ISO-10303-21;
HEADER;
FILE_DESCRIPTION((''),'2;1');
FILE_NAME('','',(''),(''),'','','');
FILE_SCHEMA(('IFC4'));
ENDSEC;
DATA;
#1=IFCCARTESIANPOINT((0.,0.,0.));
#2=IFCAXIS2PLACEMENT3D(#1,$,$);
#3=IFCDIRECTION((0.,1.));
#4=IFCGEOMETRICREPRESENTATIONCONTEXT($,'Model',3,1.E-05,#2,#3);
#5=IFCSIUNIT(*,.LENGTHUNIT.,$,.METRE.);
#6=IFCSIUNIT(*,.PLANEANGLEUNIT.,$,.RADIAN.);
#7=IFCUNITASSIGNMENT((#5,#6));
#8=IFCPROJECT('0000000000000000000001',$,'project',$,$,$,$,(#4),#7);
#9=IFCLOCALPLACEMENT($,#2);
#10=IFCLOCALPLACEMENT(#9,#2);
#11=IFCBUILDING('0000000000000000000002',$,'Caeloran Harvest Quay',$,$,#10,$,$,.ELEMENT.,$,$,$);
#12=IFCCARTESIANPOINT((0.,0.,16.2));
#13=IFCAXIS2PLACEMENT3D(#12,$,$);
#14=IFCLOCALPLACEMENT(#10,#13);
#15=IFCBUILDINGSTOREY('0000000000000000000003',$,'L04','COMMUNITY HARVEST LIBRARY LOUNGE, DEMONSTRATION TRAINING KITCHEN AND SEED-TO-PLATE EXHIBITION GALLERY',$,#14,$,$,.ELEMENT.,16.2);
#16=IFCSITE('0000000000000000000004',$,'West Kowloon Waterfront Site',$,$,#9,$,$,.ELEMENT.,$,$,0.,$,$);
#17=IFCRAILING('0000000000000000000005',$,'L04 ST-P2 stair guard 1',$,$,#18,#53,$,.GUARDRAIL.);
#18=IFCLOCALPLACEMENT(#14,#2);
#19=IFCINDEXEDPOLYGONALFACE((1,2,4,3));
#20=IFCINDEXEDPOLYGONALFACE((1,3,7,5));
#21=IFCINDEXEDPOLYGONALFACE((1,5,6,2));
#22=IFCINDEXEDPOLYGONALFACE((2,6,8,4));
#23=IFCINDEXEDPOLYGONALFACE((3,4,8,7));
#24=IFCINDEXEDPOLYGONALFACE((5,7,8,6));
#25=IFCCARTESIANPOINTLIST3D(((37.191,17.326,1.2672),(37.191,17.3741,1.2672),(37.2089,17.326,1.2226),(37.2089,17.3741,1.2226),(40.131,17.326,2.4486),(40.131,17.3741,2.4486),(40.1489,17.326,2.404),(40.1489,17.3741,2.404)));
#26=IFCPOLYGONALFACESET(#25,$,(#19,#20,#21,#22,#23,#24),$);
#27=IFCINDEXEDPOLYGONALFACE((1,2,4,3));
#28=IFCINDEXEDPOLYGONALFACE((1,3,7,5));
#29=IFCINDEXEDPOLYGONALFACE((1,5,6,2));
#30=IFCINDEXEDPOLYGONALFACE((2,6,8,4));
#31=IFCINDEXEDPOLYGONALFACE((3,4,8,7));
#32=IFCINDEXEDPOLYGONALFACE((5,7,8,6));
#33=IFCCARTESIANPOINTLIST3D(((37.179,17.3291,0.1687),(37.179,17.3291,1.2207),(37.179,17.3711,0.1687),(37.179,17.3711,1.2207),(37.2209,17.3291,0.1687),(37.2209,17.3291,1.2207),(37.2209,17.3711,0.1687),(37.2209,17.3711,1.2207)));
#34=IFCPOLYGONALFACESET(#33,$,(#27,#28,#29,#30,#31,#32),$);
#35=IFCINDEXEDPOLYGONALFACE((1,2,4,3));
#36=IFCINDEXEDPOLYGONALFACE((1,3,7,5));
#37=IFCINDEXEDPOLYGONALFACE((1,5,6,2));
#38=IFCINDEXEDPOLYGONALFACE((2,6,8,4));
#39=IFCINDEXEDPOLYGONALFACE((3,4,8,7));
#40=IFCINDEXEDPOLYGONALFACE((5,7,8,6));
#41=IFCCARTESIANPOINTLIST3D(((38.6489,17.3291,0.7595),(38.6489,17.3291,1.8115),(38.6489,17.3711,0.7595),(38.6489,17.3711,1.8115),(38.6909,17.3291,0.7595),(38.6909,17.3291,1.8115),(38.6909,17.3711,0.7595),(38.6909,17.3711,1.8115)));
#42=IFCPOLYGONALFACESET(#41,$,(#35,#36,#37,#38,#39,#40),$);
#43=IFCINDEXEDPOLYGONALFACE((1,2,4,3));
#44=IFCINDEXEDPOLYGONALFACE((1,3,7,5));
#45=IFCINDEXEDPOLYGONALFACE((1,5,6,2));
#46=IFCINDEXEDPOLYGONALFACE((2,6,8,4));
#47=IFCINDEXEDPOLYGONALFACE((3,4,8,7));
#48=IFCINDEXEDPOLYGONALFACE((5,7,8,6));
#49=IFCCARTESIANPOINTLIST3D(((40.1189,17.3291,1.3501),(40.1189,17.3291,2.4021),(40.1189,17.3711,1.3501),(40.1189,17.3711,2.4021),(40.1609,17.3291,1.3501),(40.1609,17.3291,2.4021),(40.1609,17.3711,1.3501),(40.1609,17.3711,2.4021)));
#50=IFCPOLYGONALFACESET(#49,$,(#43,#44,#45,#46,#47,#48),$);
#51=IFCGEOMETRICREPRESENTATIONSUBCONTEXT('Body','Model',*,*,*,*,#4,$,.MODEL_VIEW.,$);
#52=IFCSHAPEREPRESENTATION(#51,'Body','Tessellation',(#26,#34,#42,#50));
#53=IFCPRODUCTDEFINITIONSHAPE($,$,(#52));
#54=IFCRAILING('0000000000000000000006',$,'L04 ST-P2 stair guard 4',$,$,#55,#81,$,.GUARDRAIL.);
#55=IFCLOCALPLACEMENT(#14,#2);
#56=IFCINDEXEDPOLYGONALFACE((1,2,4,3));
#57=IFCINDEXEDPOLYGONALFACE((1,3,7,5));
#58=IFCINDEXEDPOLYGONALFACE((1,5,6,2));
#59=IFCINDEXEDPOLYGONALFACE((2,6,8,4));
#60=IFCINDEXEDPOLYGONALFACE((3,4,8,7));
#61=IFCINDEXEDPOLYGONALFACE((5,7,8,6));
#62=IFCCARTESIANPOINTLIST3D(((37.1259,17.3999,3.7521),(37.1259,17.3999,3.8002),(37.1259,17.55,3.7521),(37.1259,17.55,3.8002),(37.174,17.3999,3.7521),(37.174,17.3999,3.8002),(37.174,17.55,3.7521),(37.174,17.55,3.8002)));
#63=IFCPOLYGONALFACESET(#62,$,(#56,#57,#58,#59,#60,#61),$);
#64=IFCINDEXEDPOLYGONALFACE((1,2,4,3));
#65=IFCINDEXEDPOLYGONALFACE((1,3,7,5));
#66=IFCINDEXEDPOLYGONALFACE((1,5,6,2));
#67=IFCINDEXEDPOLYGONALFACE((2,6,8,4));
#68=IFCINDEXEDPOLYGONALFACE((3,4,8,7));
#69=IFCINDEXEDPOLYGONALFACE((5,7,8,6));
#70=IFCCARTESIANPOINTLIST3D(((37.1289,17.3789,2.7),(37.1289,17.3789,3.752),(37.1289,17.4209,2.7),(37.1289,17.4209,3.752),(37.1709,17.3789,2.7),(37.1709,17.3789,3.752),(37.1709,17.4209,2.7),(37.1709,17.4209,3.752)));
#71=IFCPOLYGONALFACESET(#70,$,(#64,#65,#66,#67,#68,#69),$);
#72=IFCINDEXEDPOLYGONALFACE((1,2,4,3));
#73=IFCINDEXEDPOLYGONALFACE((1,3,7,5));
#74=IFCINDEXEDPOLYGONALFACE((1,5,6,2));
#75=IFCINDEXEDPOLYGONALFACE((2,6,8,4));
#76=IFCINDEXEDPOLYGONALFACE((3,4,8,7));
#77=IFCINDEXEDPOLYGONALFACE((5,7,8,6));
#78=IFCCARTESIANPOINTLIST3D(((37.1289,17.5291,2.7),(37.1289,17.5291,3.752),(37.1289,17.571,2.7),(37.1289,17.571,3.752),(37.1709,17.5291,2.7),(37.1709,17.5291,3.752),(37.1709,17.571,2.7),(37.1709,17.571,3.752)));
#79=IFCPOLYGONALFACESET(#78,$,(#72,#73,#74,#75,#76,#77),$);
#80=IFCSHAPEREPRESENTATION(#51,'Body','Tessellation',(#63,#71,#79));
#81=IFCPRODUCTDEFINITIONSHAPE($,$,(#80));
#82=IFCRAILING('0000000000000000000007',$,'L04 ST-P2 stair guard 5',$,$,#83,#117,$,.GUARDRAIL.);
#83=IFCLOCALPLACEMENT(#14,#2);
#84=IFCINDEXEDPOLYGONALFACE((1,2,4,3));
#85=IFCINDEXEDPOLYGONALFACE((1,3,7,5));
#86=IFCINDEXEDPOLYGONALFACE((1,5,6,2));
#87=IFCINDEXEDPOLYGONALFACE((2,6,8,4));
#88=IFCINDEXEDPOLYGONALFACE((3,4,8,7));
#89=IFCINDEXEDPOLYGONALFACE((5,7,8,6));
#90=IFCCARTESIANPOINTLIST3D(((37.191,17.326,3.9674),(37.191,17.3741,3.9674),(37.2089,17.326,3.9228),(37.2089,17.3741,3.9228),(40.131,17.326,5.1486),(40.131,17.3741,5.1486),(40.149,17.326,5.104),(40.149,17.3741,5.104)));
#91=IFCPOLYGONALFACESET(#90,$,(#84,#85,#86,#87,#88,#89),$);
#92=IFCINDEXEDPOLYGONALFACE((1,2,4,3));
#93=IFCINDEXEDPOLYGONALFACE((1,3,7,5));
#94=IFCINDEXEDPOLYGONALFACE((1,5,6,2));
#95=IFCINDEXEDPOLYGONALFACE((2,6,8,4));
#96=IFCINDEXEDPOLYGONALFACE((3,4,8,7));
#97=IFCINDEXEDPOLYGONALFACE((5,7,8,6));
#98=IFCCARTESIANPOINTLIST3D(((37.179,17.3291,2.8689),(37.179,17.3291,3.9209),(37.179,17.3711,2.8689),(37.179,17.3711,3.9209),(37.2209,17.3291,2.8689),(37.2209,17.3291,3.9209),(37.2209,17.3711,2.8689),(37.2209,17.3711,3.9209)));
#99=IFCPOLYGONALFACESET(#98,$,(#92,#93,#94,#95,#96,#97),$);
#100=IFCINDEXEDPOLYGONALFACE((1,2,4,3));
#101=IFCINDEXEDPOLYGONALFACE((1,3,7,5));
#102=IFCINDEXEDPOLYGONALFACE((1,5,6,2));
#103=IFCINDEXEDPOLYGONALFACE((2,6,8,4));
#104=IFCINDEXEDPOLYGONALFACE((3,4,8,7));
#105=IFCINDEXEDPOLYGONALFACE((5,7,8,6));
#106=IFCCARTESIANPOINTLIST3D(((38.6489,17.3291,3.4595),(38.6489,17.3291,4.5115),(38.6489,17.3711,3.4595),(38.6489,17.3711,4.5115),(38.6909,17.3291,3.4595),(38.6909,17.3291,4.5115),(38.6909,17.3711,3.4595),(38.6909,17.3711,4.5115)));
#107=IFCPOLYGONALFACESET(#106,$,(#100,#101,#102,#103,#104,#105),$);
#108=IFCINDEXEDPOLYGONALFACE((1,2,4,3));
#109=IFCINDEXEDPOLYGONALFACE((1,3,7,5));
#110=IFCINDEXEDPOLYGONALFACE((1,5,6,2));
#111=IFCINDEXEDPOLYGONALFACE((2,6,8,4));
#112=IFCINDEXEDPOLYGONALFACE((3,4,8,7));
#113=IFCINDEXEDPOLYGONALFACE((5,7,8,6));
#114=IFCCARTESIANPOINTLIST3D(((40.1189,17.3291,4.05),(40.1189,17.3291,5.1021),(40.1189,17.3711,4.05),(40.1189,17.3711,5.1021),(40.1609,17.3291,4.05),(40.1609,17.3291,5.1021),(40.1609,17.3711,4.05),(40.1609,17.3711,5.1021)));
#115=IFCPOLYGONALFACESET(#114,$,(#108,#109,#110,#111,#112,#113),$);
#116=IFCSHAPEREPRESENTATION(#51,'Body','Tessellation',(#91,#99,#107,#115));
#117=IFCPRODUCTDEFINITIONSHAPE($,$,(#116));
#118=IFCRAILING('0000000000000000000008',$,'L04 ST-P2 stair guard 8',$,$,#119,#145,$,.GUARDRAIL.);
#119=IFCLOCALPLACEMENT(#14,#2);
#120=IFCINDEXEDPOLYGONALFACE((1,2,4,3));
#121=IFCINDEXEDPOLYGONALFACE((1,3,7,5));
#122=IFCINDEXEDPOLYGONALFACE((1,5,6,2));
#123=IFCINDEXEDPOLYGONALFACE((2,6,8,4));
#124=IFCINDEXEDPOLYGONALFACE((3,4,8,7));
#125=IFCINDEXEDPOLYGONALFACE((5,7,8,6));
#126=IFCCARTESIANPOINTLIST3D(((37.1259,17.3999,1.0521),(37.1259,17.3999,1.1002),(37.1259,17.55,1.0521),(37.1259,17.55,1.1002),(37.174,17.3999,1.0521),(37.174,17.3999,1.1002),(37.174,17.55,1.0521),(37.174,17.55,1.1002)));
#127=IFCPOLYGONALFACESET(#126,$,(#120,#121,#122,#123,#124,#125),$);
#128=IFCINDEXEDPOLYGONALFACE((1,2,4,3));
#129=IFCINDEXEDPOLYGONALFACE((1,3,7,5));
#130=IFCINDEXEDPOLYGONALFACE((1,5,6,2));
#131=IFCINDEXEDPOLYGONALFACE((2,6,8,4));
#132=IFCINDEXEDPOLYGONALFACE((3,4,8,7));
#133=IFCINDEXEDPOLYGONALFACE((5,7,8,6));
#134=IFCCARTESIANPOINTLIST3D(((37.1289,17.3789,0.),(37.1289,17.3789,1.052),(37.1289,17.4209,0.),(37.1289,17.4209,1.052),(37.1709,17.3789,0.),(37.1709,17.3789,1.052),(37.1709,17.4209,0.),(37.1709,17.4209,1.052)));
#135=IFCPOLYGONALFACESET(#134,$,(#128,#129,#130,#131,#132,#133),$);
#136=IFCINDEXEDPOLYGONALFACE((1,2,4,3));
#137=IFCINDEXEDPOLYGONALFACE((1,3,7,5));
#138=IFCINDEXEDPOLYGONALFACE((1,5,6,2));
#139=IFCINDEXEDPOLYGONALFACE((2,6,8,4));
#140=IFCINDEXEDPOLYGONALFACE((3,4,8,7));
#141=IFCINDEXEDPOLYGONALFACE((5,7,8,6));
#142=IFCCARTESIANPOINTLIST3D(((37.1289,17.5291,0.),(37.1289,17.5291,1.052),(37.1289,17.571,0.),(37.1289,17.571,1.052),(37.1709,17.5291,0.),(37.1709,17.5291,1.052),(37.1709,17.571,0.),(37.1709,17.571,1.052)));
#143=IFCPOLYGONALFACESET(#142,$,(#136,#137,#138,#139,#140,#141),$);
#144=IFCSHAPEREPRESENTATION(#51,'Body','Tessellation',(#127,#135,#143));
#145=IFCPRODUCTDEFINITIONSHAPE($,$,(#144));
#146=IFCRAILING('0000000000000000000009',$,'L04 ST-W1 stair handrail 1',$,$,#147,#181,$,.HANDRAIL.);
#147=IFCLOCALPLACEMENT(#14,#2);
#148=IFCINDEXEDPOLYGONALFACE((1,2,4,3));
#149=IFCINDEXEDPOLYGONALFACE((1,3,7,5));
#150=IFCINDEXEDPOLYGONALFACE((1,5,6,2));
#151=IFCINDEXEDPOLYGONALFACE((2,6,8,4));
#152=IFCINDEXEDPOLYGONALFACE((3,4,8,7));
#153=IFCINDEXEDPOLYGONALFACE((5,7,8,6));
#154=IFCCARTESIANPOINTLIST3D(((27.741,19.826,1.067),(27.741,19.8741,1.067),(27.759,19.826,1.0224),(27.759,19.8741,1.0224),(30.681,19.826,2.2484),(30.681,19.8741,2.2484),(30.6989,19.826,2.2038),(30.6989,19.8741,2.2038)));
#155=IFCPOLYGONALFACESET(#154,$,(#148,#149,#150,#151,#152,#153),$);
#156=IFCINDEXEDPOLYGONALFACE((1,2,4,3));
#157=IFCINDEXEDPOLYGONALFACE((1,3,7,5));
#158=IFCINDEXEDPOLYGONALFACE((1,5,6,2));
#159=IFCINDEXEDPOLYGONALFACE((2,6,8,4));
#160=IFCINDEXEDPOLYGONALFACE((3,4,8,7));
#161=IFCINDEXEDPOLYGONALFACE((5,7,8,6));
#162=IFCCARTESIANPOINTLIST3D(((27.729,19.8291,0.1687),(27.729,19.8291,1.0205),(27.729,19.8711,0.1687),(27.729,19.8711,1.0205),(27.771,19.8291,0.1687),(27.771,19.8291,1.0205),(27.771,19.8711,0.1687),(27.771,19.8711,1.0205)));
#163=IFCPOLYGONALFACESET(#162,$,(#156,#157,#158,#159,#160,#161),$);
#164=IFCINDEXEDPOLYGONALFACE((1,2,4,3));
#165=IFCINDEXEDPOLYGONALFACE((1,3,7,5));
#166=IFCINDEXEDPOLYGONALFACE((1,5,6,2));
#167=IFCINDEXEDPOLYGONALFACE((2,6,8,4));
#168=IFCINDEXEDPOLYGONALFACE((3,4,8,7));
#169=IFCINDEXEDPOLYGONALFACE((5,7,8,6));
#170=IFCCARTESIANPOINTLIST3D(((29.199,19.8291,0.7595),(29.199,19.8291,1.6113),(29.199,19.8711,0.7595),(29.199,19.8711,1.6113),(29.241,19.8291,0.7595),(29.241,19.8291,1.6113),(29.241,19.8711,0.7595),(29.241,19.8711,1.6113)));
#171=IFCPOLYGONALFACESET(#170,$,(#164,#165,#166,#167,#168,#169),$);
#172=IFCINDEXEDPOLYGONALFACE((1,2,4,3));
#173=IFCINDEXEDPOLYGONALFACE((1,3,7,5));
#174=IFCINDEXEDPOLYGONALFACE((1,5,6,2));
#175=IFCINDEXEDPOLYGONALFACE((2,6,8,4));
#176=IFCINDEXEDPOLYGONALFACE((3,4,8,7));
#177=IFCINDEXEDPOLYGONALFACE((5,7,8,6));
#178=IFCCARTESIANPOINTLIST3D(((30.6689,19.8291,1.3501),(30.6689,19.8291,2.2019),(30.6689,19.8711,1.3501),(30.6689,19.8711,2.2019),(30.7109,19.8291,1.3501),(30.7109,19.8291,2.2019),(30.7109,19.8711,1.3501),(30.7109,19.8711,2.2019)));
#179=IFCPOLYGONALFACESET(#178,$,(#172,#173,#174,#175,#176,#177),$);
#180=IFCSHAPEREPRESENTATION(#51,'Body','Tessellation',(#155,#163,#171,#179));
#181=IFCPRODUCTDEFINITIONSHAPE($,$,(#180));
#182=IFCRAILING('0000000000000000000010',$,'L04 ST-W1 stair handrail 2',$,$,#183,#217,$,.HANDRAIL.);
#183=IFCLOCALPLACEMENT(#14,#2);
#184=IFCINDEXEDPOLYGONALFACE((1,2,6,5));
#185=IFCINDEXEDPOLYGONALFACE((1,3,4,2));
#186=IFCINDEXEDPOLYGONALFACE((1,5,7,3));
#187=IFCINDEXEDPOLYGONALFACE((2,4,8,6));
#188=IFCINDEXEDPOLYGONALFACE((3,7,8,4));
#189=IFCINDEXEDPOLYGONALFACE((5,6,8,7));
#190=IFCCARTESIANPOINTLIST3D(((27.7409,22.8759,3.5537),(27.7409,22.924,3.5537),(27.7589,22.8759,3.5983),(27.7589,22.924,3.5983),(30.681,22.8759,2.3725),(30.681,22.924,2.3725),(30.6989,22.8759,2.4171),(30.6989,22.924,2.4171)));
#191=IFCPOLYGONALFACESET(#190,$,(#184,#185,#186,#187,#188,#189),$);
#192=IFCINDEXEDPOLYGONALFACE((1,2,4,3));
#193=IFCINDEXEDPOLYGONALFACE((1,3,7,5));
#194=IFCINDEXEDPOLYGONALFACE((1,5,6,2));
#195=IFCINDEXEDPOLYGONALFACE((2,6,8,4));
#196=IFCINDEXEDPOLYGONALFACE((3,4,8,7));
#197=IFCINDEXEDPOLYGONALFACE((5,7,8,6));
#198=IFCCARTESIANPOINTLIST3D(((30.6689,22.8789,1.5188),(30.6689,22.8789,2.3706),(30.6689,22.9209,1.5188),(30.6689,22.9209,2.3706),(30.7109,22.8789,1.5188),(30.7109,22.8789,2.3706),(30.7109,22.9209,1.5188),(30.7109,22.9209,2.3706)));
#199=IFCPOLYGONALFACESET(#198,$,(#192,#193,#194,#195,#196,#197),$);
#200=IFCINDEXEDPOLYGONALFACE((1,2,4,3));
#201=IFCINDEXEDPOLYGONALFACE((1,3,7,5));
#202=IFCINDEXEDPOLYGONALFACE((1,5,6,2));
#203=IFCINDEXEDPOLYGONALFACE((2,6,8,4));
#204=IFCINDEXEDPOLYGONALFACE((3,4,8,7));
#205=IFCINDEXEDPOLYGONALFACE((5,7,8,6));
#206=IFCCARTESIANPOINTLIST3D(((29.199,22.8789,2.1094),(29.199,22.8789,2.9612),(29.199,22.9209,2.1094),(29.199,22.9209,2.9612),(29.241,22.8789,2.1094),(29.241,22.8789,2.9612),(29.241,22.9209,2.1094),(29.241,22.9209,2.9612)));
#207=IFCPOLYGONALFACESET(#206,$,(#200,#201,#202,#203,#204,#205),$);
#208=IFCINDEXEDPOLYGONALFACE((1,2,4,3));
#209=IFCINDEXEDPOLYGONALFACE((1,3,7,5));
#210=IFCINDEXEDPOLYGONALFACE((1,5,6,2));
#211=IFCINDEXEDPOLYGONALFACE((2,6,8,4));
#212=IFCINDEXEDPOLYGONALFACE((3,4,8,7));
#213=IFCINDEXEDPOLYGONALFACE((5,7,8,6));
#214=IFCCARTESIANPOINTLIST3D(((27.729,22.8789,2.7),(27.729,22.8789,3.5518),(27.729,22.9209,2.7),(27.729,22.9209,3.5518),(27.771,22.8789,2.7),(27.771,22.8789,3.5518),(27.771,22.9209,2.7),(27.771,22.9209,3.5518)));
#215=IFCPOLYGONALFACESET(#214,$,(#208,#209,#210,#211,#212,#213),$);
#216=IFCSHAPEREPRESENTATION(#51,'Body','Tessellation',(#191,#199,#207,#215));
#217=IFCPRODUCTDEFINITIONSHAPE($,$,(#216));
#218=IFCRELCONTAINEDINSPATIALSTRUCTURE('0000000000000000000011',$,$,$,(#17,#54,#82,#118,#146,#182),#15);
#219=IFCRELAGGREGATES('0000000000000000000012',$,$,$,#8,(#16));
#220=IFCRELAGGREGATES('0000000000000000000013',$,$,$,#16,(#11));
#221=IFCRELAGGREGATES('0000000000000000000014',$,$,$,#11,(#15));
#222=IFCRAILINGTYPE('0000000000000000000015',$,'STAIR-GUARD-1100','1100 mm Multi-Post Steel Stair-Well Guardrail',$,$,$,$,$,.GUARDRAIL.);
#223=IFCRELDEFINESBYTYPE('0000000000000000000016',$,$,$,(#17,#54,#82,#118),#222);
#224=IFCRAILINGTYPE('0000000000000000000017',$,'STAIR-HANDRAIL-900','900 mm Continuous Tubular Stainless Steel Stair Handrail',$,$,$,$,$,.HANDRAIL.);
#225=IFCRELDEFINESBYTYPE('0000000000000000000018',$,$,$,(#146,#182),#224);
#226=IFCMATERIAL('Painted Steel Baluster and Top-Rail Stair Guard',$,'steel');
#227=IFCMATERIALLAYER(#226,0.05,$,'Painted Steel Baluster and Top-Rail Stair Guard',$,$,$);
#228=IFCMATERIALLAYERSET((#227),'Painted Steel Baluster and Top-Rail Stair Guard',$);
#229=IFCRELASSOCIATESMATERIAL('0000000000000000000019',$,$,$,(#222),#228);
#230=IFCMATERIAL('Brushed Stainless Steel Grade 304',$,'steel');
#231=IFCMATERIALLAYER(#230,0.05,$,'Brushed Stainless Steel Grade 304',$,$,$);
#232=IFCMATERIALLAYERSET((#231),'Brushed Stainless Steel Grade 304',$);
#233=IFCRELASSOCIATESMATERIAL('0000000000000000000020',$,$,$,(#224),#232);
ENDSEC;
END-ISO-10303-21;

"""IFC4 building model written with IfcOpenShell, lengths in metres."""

from ifc_helpers import new_model, si_unit, direction, frame, origin, origin_2d, place, context, subcontext, project, spatial, rectangle, extrude, material, layer, layer_set, type_object, element, save


model = new_model("IFC4")

# Units and contexts
model_context = context("Model", 3, precision=1e-05, world=origin(), true_north=direction((0.0, 1.0)))
body_context = subcontext(model_context, "Body", "Model", "MODEL_VIEW")
ifc_project = project(units=[si_unit("LENGTHUNIT", "METRE"), si_unit("PLANEANGLEUNIT", "RADIAN")], contexts=[model_context])

# Site, building, storey
site_placement = place(None, origin())
site = spatial("IfcSite", under=ifc_project, at=site_placement, Name="West Kowloon Waterfront Site", CompositionType="ELEMENT", RefElevation=0.0)
building_placement = place(site_placement, origin())
building = spatial("IfcBuilding", under=site, at=building_placement, Name="Caeloran Harvest Quay", CompositionType="ELEMENT")
storey_placement = place(building_placement, frame((0.0, 0.0, 16.2)))
storey = spatial("IfcBuildingStorey", under=building, at=storey_placement, Name="L04", Description="COMMUNITY HARVEST LIBRARY LOUNGE, DEMONSTRATION TRAINING KITCHEN AND SEED-TO-PLATE EXHIBITION GALLERY", CompositionType="ELEMENT", Elevation=16.2)

# Railings
ifc_material_1 = material(Name="Painted Steel Baluster and Top-Rail Stair Guard", Category="steel")
ifc_layer_1 = layer(ifc_material_1, 0.05, Name="Painted Steel Baluster and Top-Rail Stair Guard")
ifc_layer_set_1 = layer_set([ifc_layer_1], Name="Painted Steel Baluster and Top-Rail Stair Guard")
railing_type_1 = type_object("IfcRailingType", Name="STAIR-GUARD-1100", Description="1100 mm Multi-Post Steel Stair-Well Guardrail", PredefinedType="GUARDRAIL", material=ifc_layer_set_1)
railing_1_placement = place(storey_placement, frame((37.2, 17.3501, 0.1687)))
element("IfcRailing", 1, at=railing_1_placement, inside=storey, type_object=railing_type_1, Name="L04 ST-P2 stair guard 1", PredefinedType="GUARDRAIL", context=body_context, shape_type="SweptSolid", body=[
    extrude(rectangle(XDim=0.0481, YDim=0.0481, at=origin_2d()), frame((0.0, 0.0, 1.0762), z_axis=(0.927886, 0.0, 0.372865), x_axis=(0.0, 1.0, 0.0)), (0.0, 0.0, 1.0), 3.1685),
    extrude(rectangle(XDim=0.042, YDim=0.042, at=origin_2d()), origin(), (0.0, 0.0, 1.0), 1.052),
    extrude(rectangle(XDim=0.042, YDim=0.042, at=origin_2d()), frame((1.47, 0.0, 0.5908)), (0.0, 0.0, 1.0), 1.052),
    extrude(rectangle(XDim=0.042, YDim=0.042, at=origin_2d()), frame((2.9399, 0.0, 1.1814)), (0.0, 0.0, 1.0), 1.052),
])
railing_2_placement = place(storey_placement, frame((37.1499, 17.3999, 2.7)))
element("IfcRailing", 2, at=railing_2_placement, inside=storey, type_object=railing_type_1, Name="L04 ST-P2 stair guard 4", PredefinedType="GUARDRAIL", context=body_context, shape_type="SweptSolid", body=[
    extrude(rectangle(XDim=0.0481, YDim=0.0481, at=origin_2d()), frame((0.0, 0.0, 1.0762), z_axis=(0.0, 1.0, 0.0), x_axis=(-1.0, 0.0, 0.0)), (0.0, 0.0, 1.0), 0.1501),
    extrude(rectangle(XDim=0.042, YDim=0.042, at=origin_2d()), origin(), (0.0, 0.0, 1.0), 1.052),
    extrude(rectangle(XDim=0.042, YDim=0.042, at=origin_2d()), frame((0.0, 0.1501, 0.0)), (0.0, 0.0, 1.0), 1.052),
])
railing_3_placement = place(storey_placement, frame((37.2, 17.3501, 2.8689)))
element("IfcRailing", 3, at=railing_3_placement, inside=storey, type_object=railing_type_1, Name="L04 ST-P2 stair guard 5", PredefinedType="GUARDRAIL", context=body_context, shape_type="SweptSolid", body=[
    extrude(rectangle(XDim=0.0481, YDim=0.0481, at=origin_2d()), frame((0.0, 0.0, 1.0762), z_axis=(0.927912, 0.0, 0.372799), x_axis=(0.0, 1.0, 0.0)), (0.0, 0.0, 1.0), 3.1685),
    extrude(rectangle(XDim=0.042, YDim=0.042, at=origin_2d()), origin(), (0.0, 0.0, 1.0), 1.052),
    extrude(rectangle(XDim=0.042, YDim=0.042, at=origin_2d()), frame((1.47, 0.0, 0.5906)), (0.0, 0.0, 1.0), 1.052),
    extrude(rectangle(XDim=0.042, YDim=0.042, at=origin_2d()), frame((2.9399, 0.0, 1.1812)), (0.0, 0.0, 1.0), 1.052),
])
railing_4_placement = place(storey_placement, frame((37.1499, 17.3999, 0.0)))
element("IfcRailing", 4, at=railing_4_placement, inside=storey, type_object=railing_type_1, Name="L04 ST-P2 stair guard 8", PredefinedType="GUARDRAIL", context=body_context, shape_type="SweptSolid", body=[
    extrude(rectangle(XDim=0.0481, YDim=0.0481, at=origin_2d()), frame((0.0, 0.0, 1.0762), z_axis=(0.0, 1.0, 0.0), x_axis=(-1.0, 0.0, 0.0)), (0.0, 0.0, 1.0), 0.1501),
    extrude(rectangle(XDim=0.042, YDim=0.042, at=origin_2d()), origin(), (0.0, 0.0, 1.0), 1.052),
    extrude(rectangle(XDim=0.042, YDim=0.042, at=origin_2d()), frame((0.0, 0.1501, 0.0)), (0.0, 0.0, 1.0), 1.052),
])
ifc_material_2 = material(Name="Brushed Stainless Steel Grade 304", Category="steel")
ifc_layer_2 = layer(ifc_material_2, 0.05, Name="Brushed Stainless Steel Grade 304")
ifc_layer_set_2 = layer_set([ifc_layer_2], Name="Brushed Stainless Steel Grade 304")
railing_type_2 = type_object("IfcRailingType", Name="STAIR-HANDRAIL-900", Description="900 mm Continuous Tubular Stainless Steel Stair Handrail", PredefinedType="HANDRAIL", material=ifc_layer_set_2)
railing_5_placement = place(storey_placement, frame((27.75, 19.8501, 0.1687)))
element("IfcRailing", 5, at=railing_5_placement, inside=storey, type_object=railing_type_2, Name="L04 ST-W1 stair handrail 1", PredefinedType="HANDRAIL", context=body_context, shape_type="SweptSolid", body=[
    extrude(rectangle(XDim=0.0481, YDim=0.0481, at=origin_2d()), frame((0.0, 0.0, 0.876), z_axis=(0.927886, 0.0, 0.372865), x_axis=(0.0, 1.0, 0.0)), (0.0, 0.0, 1.0), 3.1685),
    extrude(rectangle(XDim=0.042, YDim=0.042, at=origin_2d()), origin(), (0.0, 0.0, 1.0), 0.8518),
    extrude(rectangle(XDim=0.042, YDim=0.042, at=origin_2d()), frame((1.47, 0.0, 0.5908)), (0.0, 0.0, 1.0), 0.8518),
    extrude(rectangle(XDim=0.042, YDim=0.042, at=origin_2d()), frame((2.9399, 0.0, 1.1814)), (0.0, 0.0, 1.0), 0.8518),
])
railing_6_placement = place(storey_placement, frame((30.6899, 22.8999, 1.5188)))
element("IfcRailing", 6, at=railing_6_placement, inside=storey, type_object=railing_type_2, Name="L04 ST-W1 stair handrail 2", PredefinedType="HANDRAIL", context=body_context, shape_type="SweptSolid", body=[
    extrude(rectangle(XDim=0.0481, YDim=0.0481, at=origin_2d()), frame((0.0, 0.0, 0.876), z_axis=(-0.927912, 0.0, 0.372799), x_axis=(0.0, -1.0, 0.0)), (0.0, 0.0, 1.0), 3.1685),
    extrude(rectangle(XDim=0.042, YDim=0.042, at=origin_2d()), origin(), (0.0, 0.0, 1.0), 0.8518),
    extrude(rectangle(XDim=0.042, YDim=0.042, at=origin_2d()), frame((-1.47, 0.0, 0.5906)), (0.0, 0.0, 1.0), 0.8518),
    extrude(rectangle(XDim=0.042, YDim=0.042, at=origin_2d()), frame((-2.9399, 0.0, 1.1812)), (0.0, 0.0, 1.0), 0.8518),
])

save(model, "model.ifc")
